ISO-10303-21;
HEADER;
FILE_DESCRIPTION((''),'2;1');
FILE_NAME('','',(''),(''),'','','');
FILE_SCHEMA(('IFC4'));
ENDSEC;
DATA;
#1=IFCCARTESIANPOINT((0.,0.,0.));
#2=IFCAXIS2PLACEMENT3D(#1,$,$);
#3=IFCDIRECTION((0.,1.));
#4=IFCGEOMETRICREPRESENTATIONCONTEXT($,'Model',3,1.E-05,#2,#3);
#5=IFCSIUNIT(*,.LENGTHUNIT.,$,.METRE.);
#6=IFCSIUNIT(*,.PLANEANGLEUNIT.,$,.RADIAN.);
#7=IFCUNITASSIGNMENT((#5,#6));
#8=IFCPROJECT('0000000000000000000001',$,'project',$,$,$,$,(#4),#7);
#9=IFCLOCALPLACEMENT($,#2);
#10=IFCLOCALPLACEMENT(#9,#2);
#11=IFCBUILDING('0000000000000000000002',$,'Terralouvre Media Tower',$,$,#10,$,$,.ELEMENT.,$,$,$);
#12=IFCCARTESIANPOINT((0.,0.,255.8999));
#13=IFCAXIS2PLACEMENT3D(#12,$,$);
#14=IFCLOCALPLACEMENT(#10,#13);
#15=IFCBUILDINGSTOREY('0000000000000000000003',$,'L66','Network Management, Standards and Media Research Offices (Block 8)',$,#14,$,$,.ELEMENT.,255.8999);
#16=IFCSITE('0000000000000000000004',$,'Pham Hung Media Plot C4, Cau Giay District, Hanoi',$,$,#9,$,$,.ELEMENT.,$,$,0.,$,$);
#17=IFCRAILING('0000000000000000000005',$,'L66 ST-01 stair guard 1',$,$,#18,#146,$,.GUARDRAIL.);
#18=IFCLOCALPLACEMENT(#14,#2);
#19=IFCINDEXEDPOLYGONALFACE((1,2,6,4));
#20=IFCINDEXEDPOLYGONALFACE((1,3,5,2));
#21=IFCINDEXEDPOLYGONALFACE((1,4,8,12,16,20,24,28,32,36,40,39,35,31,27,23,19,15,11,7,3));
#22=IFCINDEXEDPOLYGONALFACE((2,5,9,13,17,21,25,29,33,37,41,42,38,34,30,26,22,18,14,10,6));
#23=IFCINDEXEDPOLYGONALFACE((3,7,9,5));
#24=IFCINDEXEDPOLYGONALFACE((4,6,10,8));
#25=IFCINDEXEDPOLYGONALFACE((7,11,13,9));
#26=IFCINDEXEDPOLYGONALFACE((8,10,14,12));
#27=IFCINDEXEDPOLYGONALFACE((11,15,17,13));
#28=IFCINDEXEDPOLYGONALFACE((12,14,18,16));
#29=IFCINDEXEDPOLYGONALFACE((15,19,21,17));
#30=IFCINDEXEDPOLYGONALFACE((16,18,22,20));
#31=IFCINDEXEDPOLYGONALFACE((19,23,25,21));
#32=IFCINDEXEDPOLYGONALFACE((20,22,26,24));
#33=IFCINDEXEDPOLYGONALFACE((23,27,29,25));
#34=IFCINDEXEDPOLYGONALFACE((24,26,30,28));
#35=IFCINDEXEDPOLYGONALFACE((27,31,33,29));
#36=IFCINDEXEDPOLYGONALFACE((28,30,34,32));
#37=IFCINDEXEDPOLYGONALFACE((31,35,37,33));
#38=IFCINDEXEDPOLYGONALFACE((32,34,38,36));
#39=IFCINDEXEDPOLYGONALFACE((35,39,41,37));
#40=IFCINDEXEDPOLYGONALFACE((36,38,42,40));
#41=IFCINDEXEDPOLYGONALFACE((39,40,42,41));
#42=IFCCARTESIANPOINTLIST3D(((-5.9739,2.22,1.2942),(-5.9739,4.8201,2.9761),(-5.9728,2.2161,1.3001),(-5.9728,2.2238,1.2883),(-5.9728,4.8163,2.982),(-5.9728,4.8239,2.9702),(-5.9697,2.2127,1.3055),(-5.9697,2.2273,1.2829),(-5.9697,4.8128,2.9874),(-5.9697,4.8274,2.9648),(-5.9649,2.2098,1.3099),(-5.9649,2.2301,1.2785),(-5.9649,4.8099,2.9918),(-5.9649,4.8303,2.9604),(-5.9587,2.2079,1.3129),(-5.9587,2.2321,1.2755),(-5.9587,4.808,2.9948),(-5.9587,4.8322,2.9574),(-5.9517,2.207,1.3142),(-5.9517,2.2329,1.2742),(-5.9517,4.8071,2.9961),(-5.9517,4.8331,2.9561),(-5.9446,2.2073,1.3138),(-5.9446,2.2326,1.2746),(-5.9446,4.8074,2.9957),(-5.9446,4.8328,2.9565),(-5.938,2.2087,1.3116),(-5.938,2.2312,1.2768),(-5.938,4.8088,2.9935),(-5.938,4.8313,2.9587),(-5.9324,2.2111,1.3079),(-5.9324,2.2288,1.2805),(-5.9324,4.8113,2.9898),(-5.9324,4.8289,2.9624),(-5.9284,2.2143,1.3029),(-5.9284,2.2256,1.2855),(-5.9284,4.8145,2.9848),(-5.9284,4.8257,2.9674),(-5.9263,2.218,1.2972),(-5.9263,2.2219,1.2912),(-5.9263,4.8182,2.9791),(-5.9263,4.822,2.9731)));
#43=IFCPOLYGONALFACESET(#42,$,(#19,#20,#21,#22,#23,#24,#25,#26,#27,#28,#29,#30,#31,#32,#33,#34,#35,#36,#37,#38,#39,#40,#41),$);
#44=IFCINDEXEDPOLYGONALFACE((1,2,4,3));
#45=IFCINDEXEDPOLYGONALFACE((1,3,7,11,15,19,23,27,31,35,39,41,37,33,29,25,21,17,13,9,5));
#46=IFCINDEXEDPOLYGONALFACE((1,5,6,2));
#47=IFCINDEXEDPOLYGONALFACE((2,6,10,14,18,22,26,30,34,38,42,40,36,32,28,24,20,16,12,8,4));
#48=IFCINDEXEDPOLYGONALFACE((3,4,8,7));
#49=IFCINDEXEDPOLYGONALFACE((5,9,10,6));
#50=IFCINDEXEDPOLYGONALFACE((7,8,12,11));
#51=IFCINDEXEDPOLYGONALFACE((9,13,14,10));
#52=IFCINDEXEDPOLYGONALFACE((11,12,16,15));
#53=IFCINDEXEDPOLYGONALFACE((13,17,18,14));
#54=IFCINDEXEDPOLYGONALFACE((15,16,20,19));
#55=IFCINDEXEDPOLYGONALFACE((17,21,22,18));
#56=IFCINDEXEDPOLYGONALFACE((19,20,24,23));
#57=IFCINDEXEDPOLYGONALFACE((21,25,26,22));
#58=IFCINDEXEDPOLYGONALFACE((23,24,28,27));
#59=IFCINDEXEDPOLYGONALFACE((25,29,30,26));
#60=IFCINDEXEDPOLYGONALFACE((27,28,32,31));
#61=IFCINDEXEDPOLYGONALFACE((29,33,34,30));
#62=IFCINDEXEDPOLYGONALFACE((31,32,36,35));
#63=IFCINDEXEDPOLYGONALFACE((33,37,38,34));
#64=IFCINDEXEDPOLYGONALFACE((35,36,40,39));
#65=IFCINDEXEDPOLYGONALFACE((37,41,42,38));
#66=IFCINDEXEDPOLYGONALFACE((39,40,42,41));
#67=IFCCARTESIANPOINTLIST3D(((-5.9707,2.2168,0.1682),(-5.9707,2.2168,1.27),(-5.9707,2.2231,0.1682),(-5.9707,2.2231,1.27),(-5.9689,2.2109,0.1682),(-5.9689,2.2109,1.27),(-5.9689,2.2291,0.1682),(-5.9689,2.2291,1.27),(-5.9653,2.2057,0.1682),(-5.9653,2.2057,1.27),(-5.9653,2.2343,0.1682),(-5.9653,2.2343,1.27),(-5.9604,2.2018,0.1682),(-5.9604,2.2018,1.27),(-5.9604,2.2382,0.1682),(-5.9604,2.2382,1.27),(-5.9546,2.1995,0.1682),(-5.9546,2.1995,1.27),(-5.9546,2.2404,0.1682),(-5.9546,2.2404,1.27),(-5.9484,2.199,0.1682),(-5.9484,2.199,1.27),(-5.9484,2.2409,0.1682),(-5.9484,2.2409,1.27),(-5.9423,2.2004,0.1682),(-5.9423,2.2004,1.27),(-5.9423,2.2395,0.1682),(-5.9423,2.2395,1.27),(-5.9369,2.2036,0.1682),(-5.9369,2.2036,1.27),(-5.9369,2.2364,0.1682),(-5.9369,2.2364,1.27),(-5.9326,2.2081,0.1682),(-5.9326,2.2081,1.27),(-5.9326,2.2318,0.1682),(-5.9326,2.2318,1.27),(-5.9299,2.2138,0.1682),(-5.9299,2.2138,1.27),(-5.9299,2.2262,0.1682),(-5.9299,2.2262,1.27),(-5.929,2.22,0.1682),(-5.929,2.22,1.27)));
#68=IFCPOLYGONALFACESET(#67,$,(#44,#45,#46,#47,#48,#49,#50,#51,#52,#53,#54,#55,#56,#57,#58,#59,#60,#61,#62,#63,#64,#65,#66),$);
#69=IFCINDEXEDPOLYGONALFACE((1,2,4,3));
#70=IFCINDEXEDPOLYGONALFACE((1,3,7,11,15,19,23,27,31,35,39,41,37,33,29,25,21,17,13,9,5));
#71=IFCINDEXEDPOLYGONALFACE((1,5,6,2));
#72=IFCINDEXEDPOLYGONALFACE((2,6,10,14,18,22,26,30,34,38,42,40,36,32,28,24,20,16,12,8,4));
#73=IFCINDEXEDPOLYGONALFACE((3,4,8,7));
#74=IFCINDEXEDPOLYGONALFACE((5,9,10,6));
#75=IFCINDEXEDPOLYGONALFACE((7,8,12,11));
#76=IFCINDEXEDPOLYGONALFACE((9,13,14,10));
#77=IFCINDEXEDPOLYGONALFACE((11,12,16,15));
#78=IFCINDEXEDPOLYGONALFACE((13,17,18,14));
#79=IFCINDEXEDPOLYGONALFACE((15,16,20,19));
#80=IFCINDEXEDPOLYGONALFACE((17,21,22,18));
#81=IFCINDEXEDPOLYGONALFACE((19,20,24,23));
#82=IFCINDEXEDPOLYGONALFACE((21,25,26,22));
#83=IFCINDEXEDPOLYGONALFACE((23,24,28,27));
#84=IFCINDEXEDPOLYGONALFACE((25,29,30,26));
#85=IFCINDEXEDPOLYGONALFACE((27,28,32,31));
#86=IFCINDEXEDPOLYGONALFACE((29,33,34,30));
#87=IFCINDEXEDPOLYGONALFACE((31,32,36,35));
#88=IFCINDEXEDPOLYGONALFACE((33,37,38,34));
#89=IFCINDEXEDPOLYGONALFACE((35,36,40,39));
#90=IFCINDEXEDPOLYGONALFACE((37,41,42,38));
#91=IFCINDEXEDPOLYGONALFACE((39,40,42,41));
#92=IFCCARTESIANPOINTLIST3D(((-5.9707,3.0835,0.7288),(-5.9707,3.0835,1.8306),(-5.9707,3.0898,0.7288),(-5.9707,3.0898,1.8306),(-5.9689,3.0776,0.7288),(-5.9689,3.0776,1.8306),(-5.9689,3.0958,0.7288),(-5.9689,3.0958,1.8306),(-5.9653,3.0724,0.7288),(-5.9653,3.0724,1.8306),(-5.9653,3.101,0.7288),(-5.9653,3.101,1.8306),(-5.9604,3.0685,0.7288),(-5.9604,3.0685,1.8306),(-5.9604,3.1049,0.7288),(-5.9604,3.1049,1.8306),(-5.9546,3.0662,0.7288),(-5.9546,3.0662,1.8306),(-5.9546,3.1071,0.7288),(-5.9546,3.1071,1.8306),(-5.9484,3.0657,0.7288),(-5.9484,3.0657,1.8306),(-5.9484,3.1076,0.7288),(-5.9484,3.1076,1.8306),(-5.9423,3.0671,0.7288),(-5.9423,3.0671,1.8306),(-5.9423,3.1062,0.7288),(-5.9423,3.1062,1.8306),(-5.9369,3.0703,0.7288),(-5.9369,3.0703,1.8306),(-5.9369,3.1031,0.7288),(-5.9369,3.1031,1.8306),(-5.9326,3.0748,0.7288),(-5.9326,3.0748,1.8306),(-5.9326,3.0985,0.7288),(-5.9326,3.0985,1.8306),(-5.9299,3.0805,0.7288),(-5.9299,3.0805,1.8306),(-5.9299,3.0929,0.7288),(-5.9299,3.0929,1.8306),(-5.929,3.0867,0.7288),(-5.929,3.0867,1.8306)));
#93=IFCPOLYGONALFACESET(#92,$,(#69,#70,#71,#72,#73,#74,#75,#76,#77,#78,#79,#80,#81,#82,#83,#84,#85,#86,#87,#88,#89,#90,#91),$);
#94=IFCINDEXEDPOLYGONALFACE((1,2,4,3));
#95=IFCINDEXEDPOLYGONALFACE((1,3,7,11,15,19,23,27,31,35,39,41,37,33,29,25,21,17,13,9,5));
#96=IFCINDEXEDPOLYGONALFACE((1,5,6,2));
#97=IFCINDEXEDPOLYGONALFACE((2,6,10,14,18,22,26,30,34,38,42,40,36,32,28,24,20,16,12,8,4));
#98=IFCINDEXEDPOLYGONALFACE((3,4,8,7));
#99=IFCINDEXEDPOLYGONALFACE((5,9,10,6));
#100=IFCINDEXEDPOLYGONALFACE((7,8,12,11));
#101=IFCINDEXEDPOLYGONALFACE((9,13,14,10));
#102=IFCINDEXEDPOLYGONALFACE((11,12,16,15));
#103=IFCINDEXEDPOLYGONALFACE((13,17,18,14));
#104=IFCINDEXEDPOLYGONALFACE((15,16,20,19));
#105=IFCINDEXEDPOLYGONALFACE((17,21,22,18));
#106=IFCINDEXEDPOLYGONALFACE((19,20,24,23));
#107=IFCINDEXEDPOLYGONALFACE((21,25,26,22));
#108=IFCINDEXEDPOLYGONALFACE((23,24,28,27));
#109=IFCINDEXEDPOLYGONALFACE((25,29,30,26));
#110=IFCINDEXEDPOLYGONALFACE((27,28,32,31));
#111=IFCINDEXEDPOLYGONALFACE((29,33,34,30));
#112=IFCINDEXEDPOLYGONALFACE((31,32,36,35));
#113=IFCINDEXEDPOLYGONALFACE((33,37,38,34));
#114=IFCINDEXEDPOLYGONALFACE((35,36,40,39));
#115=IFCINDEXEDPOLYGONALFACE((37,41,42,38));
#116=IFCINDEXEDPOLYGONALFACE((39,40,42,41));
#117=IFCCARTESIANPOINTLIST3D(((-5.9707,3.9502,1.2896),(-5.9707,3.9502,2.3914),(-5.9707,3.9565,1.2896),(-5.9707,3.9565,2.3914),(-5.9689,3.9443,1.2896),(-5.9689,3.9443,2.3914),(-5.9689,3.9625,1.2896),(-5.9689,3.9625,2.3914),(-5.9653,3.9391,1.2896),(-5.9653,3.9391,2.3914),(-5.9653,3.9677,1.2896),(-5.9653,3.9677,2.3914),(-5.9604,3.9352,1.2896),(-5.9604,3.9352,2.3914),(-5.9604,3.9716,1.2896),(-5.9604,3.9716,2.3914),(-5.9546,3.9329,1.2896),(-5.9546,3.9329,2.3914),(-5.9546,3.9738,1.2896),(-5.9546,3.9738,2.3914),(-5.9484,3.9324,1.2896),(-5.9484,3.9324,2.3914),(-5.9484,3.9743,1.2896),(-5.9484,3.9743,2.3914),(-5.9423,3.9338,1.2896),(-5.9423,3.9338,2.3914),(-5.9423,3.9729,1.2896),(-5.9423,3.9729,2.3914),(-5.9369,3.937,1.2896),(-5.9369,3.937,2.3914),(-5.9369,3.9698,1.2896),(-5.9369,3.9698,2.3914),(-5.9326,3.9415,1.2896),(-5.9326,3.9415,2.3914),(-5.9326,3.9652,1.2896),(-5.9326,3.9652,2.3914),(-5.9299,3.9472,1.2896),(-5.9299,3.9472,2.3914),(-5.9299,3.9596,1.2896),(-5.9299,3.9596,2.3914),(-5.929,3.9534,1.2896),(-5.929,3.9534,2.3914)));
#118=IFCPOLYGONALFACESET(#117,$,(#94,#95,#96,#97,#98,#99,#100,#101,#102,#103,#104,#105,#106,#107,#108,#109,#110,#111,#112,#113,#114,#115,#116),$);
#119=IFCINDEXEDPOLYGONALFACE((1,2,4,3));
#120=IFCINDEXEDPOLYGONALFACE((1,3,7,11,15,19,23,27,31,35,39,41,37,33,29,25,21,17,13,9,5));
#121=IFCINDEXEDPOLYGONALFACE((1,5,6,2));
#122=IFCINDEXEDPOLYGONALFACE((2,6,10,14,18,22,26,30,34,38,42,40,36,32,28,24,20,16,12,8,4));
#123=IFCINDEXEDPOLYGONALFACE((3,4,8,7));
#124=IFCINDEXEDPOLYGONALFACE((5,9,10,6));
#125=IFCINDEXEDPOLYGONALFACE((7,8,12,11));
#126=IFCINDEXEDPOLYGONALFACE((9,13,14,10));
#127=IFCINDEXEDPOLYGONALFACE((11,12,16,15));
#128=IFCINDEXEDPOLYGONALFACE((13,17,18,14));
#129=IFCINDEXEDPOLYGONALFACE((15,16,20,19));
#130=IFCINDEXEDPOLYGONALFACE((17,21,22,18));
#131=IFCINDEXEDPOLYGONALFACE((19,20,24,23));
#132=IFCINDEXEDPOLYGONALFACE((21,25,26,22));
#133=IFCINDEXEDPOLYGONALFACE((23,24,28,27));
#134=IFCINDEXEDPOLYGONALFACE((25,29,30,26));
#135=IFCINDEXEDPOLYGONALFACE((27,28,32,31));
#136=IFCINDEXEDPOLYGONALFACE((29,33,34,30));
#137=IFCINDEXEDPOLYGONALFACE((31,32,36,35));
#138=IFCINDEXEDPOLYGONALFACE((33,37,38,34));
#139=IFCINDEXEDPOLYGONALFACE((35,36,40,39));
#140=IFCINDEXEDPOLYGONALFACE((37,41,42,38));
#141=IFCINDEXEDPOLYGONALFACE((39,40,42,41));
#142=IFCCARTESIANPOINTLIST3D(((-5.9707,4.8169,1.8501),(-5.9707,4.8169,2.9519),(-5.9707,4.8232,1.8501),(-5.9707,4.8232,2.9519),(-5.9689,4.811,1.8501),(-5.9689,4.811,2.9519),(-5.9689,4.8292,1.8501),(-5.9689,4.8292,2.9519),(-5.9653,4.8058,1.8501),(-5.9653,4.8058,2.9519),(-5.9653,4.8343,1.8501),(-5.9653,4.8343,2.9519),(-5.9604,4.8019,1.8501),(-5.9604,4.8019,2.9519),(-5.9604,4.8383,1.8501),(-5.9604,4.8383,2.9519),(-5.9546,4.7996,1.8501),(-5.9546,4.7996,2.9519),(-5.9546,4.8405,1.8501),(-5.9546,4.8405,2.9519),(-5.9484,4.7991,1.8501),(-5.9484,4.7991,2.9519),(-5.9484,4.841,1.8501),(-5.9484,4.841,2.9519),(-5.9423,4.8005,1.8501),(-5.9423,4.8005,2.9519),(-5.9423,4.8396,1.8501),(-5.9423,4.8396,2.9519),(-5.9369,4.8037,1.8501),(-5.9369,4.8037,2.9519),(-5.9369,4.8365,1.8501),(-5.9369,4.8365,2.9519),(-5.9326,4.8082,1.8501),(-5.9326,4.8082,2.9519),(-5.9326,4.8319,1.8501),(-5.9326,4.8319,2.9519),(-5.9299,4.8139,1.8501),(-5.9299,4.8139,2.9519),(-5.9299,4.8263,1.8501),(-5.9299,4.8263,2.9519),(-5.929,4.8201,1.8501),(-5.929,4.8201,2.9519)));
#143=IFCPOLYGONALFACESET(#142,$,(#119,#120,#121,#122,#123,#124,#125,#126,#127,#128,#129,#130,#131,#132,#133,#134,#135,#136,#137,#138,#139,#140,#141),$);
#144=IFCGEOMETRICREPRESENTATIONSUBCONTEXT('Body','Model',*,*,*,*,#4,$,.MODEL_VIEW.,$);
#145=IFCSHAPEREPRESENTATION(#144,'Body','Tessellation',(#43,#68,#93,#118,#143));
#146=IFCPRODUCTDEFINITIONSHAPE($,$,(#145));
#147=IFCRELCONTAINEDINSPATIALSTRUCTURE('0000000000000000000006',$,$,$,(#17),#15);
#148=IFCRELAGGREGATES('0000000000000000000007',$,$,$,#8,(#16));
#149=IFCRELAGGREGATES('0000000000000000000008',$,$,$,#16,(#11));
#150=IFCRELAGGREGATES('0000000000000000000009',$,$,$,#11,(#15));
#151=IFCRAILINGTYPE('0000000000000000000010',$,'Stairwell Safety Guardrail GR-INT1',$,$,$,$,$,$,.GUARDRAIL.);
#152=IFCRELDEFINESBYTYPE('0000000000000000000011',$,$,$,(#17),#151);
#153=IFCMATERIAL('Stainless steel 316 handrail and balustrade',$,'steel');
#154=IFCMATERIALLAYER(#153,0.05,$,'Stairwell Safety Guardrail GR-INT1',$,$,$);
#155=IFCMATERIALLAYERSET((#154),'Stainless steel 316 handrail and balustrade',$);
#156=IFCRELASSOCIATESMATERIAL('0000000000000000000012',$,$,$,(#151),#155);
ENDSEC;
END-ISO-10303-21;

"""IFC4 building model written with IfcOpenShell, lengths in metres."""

from ifc_helpers import new_model, si_unit, direction, frame, origin, origin_2d, place, context, subcontext, project, spatial, circle, extrude, material, layer, layer_set, type_object, element, save


model = new_model("IFC4")

# Units and contexts
model_context = context("Model", 3, precision=1e-05, world=origin(), true_north=direction((0.0, 1.0)))
body_context = subcontext(model_context, "Body", "Model", "MODEL_VIEW")
ifc_project = project(units=[si_unit("LENGTHUNIT", "METRE"), si_unit("PLANEANGLEUNIT", "RADIAN")], contexts=[model_context])

# Site, building, storey
site_placement = place(None, origin())
site = spatial("IfcSite", under=ifc_project, at=site_placement, Name="Pham Hung Media Plot C4, Cau Giay District, Hanoi", CompositionType="ELEMENT", RefElevation=0.0)
building_placement = place(site_placement, origin())
building = spatial("IfcBuilding", under=site, at=building_placement, Name="Terralouvre Media Tower", CompositionType="ELEMENT")
storey_placement = place(building_placement, frame((0.0, 0.0, 255.8999)))
storey = spatial("IfcBuildingStorey", under=building, at=storey_placement, Name="L66", Description="Network Management, Standards and Media Research Offices (Block 8)", CompositionType="ELEMENT", Elevation=255.8999)

# Railing
ifc_material_1 = material(Name="Stainless steel 316 handrail and balustrade", Category="steel")
ifc_layer_1 = layer(ifc_material_1, 0.05, Name="Stairwell Safety Guardrail GR-INT1")
ifc_layer_set_1 = layer_set([ifc_layer_1], Name="Stainless steel 316 handrail and balustrade")
railing_type_1 = type_object("IfcRailingType", Name="Stairwell Safety Guardrail GR-INT1", PredefinedType="GUARDRAIL", material=ifc_layer_set_1)
railing_1_placement = place(storey_placement, frame((-5.95, 2.22, 0.1682)))
element("IfcRailing", 1, at=railing_1_placement, inside=storey, type_object=railing_type_1, Name="L66 ST-01 stair guard 1", PredefinedType="GUARDRAIL", context=body_context, shape_type="SweptSolid", body=[
    extrude(circle(Radius=0.0239, at=origin_2d()), frame((0.0, 0.0, 1.126), z_axis=(0.0, 0.839648, 0.54313), x_axis=(-1.0, 0.0, 0.0)), (0.0, 0.0, 1.0), 3.0967),
    extrude(circle(Radius=0.021, at=origin_2d()), origin(), (0.0, 0.0, 1.0), 1.1018),
    extrude(circle(Radius=0.021, at=origin_2d()), frame((0.0, 0.8667, 0.5605)), (0.0, 0.0, 1.0), 1.1018),
    extrude(circle(Radius=0.021, at=origin_2d()), frame((0.0, 1.7334, 1.1213)), (0.0, 0.0, 1.0), 1.1018),
    extrude(circle(Radius=0.021, at=origin_2d()), frame((0.0, 2.6001, 1.6819)), (0.0, 0.0, 1.0), 1.1018),
])

save(model, "model.ifc")
